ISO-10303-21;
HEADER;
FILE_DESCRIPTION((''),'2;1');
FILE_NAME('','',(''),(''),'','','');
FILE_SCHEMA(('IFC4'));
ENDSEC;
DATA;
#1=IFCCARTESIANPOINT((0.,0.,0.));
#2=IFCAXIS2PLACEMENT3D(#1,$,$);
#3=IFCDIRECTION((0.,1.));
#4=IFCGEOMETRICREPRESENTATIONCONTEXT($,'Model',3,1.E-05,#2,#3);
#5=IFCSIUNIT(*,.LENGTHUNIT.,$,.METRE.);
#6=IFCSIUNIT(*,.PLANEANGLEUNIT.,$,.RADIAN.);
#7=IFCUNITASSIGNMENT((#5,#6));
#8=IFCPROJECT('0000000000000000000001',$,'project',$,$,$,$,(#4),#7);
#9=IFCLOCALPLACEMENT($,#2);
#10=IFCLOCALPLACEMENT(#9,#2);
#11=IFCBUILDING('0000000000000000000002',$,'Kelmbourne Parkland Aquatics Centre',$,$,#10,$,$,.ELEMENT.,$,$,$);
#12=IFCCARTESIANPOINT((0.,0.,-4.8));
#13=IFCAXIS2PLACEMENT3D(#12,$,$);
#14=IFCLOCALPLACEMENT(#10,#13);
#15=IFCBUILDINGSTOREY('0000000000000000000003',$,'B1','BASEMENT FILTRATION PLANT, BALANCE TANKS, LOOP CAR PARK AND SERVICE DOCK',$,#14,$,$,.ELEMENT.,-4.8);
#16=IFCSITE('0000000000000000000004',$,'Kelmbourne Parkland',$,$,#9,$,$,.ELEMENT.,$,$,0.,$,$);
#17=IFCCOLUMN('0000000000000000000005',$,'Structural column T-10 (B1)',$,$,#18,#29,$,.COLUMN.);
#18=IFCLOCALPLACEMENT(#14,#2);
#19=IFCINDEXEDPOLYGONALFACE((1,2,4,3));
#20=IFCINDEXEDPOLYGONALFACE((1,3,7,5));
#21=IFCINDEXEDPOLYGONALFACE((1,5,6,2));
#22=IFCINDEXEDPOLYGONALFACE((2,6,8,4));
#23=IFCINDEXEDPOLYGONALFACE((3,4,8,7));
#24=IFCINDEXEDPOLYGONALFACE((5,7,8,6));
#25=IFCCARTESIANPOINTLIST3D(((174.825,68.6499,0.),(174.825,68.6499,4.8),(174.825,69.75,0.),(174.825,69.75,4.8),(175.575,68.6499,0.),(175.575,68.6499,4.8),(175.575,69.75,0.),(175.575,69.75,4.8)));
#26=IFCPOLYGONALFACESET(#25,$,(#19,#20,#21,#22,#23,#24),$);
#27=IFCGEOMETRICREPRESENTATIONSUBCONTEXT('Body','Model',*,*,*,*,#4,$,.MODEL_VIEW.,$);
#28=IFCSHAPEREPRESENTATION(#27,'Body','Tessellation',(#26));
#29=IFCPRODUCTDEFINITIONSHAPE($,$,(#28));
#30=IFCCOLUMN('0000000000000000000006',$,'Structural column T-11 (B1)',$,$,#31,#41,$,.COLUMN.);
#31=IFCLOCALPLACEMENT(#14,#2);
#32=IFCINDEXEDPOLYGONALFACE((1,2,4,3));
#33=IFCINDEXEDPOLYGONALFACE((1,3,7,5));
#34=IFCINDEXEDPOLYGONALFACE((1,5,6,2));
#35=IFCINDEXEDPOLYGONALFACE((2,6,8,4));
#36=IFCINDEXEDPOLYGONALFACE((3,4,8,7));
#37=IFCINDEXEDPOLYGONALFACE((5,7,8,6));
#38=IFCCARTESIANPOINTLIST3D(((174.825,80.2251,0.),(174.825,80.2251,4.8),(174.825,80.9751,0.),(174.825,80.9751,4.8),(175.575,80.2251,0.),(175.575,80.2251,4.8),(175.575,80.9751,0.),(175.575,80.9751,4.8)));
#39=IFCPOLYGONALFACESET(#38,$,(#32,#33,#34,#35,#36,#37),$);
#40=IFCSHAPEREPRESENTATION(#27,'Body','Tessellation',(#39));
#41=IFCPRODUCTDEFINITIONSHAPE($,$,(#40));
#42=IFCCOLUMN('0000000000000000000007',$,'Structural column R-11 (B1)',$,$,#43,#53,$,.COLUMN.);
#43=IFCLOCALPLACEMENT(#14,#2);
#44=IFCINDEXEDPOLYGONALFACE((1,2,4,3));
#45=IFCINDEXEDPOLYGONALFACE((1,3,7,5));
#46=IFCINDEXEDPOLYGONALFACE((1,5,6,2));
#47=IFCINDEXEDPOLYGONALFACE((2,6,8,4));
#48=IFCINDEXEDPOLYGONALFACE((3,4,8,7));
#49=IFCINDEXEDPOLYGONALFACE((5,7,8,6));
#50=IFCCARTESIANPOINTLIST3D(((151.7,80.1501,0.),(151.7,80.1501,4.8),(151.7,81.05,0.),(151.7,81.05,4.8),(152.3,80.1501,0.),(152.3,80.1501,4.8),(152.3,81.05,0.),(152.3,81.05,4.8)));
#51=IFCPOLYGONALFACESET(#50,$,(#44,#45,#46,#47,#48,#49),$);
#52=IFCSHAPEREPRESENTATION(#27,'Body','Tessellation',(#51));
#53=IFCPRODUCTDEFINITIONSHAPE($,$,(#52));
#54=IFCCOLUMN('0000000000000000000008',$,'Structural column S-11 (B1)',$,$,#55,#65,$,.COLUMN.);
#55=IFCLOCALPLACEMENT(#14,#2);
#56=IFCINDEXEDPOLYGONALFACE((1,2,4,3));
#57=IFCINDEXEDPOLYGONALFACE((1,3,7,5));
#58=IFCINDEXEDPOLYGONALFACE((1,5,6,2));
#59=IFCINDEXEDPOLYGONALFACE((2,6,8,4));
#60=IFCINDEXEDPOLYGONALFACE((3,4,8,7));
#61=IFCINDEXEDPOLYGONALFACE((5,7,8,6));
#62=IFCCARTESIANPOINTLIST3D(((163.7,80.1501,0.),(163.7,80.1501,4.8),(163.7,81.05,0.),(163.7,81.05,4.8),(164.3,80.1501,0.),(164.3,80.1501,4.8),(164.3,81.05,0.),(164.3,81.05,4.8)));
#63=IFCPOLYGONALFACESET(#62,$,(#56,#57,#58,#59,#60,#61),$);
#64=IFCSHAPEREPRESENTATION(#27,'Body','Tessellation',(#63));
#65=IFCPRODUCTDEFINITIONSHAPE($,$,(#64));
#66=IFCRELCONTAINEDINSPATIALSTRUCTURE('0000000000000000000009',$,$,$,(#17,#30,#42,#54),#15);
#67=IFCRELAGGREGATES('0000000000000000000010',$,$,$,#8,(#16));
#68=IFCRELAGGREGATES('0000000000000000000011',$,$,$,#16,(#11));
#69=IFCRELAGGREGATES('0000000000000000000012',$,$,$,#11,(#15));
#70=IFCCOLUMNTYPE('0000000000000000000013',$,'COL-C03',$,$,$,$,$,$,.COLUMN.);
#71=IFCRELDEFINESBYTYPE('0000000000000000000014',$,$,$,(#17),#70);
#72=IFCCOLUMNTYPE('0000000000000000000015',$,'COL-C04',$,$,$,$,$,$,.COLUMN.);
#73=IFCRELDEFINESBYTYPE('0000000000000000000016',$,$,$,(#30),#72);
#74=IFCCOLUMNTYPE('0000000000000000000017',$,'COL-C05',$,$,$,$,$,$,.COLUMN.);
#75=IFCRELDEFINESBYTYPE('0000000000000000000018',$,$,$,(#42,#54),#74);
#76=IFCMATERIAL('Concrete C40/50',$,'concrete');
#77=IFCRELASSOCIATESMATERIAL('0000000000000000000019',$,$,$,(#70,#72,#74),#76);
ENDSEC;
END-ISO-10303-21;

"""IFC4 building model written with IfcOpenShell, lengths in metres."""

from ifc_helpers import new_model, si_unit, direction, frame, origin, origin_2d, place, context, subcontext, project, spatial, rectangle, extrude, material, material_profile, profile_set, type_object, element, save


model = new_model("IFC4")

# Units and contexts
model_context = context("Model", 3, precision=1e-05, world=origin(), true_north=direction((0.0, 1.0)))
body_context = subcontext(model_context, "Body", "Model", "MODEL_VIEW")
ifc_project = project(units=[si_unit("LENGTHUNIT", "METRE"), si_unit("PLANEANGLEUNIT", "RADIAN")], contexts=[model_context])

# Site, building, storey
site_placement = place(None, origin())
site = spatial("IfcSite", under=ifc_project, at=site_placement, Name="Kelmbourne Parkland", CompositionType="ELEMENT", RefElevation=0.0)
building_placement = place(site_placement, origin())
building = spatial("IfcBuilding", under=site, at=building_placement, Name="Kelmbourne Parkland Aquatics Centre", CompositionType="ELEMENT")
storey_placement = place(building_placement, frame((0.0, 0.0, -4.8)))
storey = spatial("IfcBuildingStorey", under=building, at=storey_placement, Name="B1", Description="BASEMENT FILTRATION PLANT, BALANCE TANKS, LOOP CAR PARK AND SERVICE DOCK", CompositionType="ELEMENT", Elevation=-4.8)

# Columns
ifc_material_1 = material(Name="Concrete C40/50", Category="concrete")
ifc_material_profile_1 = material_profile(ifc_material_1, rectangle(XDim=0.75, YDim=1.1001, at=origin_2d()), Name="RC 750x1100")
ifc_profile_set_1 = profile_set([ifc_material_profile_1], Name="Concrete C40/50")
column_type_1 = type_object("IfcColumnType", Name="COL-C03", PredefinedType="COLUMN", material=ifc_profile_set_1)
column_1_placement = place(storey_placement, frame((175.2, 69.2, 0.0), z_axis=(0.0, 0.0, 1.0), x_axis=(1.0, 0.0, 0.0)))
element("IfcColumn", 1, at=column_1_placement, inside=storey, type_object=column_type_1, Name="Structural column T-10 (B1)", PredefinedType="COLUMN", context=body_context, shape_type="SweptSolid", body=[
    extrude(rectangle(XDim=0.75, YDim=1.1001, at=origin_2d()), origin(), (0.0, 0.0, 1.0), 4.8),
])
ifc_material_profile_2 = material_profile(ifc_material_1, rectangle(XDim=0.75, YDim=0.75, at=origin_2d()), Name="RC 750x750")
ifc_profile_set_2 = profile_set([ifc_material_profile_2], Name="Concrete C40/50")
column_type_2 = type_object("IfcColumnType", Name="COL-C04", PredefinedType="COLUMN", material=ifc_profile_set_2)
column_2_placement = place(storey_placement, frame((175.2, 80.6001, 0.0), z_axis=(0.0, 0.0, 1.0), x_axis=(1.0, 0.0, 0.0)))
element("IfcColumn", 2, at=column_2_placement, inside=storey, type_object=column_type_2, Name="Structural column T-11 (B1)", PredefinedType="COLUMN", context=body_context, shape_type="SweptSolid", body=[
    extrude(rectangle(XDim=0.75, YDim=0.75, at=origin_2d()), origin(), (0.0, 0.0, 1.0), 4.8),
])
ifc_material_profile_3 = material_profile(ifc_material_1, rectangle(XDim=0.6001, YDim=0.8999, at=origin_2d()), Name="RC 600x900")
ifc_profile_set_3 = profile_set([ifc_material_profile_3], Name="Concrete C40/50")
column_type_3 = type_object("IfcColumnType", Name="COL-C05", PredefinedType="COLUMN", material=ifc_profile_set_3)
for number, where, z_axis, x_axis, name in (
    (3, (152.0, 80.6001, 0.0), (0.0, 0.0, 1.0), (1.0, 0.0, 0.0), "Structural column R-11 (B1)"),
    (4, (164.0, 80.6001, 0.0), (0.0, 0.0, 1.0), (1.0, 0.0, 0.0), "Structural column S-11 (B1)"),
):
    element("IfcColumn", number, at=place(storey_placement, frame(where, z_axis=z_axis, x_axis=x_axis)), inside=storey, type_object=column_type_3, Name=name, PredefinedType="COLUMN", context=body_context, shape_type="SweptSolid", body=[
        extrude(rectangle(XDim=0.6001, YDim=0.8999, at=origin_2d()), origin(), (0.0, 0.0, 1.0), 4.8),
    ])

save(model, "model.ifc")
